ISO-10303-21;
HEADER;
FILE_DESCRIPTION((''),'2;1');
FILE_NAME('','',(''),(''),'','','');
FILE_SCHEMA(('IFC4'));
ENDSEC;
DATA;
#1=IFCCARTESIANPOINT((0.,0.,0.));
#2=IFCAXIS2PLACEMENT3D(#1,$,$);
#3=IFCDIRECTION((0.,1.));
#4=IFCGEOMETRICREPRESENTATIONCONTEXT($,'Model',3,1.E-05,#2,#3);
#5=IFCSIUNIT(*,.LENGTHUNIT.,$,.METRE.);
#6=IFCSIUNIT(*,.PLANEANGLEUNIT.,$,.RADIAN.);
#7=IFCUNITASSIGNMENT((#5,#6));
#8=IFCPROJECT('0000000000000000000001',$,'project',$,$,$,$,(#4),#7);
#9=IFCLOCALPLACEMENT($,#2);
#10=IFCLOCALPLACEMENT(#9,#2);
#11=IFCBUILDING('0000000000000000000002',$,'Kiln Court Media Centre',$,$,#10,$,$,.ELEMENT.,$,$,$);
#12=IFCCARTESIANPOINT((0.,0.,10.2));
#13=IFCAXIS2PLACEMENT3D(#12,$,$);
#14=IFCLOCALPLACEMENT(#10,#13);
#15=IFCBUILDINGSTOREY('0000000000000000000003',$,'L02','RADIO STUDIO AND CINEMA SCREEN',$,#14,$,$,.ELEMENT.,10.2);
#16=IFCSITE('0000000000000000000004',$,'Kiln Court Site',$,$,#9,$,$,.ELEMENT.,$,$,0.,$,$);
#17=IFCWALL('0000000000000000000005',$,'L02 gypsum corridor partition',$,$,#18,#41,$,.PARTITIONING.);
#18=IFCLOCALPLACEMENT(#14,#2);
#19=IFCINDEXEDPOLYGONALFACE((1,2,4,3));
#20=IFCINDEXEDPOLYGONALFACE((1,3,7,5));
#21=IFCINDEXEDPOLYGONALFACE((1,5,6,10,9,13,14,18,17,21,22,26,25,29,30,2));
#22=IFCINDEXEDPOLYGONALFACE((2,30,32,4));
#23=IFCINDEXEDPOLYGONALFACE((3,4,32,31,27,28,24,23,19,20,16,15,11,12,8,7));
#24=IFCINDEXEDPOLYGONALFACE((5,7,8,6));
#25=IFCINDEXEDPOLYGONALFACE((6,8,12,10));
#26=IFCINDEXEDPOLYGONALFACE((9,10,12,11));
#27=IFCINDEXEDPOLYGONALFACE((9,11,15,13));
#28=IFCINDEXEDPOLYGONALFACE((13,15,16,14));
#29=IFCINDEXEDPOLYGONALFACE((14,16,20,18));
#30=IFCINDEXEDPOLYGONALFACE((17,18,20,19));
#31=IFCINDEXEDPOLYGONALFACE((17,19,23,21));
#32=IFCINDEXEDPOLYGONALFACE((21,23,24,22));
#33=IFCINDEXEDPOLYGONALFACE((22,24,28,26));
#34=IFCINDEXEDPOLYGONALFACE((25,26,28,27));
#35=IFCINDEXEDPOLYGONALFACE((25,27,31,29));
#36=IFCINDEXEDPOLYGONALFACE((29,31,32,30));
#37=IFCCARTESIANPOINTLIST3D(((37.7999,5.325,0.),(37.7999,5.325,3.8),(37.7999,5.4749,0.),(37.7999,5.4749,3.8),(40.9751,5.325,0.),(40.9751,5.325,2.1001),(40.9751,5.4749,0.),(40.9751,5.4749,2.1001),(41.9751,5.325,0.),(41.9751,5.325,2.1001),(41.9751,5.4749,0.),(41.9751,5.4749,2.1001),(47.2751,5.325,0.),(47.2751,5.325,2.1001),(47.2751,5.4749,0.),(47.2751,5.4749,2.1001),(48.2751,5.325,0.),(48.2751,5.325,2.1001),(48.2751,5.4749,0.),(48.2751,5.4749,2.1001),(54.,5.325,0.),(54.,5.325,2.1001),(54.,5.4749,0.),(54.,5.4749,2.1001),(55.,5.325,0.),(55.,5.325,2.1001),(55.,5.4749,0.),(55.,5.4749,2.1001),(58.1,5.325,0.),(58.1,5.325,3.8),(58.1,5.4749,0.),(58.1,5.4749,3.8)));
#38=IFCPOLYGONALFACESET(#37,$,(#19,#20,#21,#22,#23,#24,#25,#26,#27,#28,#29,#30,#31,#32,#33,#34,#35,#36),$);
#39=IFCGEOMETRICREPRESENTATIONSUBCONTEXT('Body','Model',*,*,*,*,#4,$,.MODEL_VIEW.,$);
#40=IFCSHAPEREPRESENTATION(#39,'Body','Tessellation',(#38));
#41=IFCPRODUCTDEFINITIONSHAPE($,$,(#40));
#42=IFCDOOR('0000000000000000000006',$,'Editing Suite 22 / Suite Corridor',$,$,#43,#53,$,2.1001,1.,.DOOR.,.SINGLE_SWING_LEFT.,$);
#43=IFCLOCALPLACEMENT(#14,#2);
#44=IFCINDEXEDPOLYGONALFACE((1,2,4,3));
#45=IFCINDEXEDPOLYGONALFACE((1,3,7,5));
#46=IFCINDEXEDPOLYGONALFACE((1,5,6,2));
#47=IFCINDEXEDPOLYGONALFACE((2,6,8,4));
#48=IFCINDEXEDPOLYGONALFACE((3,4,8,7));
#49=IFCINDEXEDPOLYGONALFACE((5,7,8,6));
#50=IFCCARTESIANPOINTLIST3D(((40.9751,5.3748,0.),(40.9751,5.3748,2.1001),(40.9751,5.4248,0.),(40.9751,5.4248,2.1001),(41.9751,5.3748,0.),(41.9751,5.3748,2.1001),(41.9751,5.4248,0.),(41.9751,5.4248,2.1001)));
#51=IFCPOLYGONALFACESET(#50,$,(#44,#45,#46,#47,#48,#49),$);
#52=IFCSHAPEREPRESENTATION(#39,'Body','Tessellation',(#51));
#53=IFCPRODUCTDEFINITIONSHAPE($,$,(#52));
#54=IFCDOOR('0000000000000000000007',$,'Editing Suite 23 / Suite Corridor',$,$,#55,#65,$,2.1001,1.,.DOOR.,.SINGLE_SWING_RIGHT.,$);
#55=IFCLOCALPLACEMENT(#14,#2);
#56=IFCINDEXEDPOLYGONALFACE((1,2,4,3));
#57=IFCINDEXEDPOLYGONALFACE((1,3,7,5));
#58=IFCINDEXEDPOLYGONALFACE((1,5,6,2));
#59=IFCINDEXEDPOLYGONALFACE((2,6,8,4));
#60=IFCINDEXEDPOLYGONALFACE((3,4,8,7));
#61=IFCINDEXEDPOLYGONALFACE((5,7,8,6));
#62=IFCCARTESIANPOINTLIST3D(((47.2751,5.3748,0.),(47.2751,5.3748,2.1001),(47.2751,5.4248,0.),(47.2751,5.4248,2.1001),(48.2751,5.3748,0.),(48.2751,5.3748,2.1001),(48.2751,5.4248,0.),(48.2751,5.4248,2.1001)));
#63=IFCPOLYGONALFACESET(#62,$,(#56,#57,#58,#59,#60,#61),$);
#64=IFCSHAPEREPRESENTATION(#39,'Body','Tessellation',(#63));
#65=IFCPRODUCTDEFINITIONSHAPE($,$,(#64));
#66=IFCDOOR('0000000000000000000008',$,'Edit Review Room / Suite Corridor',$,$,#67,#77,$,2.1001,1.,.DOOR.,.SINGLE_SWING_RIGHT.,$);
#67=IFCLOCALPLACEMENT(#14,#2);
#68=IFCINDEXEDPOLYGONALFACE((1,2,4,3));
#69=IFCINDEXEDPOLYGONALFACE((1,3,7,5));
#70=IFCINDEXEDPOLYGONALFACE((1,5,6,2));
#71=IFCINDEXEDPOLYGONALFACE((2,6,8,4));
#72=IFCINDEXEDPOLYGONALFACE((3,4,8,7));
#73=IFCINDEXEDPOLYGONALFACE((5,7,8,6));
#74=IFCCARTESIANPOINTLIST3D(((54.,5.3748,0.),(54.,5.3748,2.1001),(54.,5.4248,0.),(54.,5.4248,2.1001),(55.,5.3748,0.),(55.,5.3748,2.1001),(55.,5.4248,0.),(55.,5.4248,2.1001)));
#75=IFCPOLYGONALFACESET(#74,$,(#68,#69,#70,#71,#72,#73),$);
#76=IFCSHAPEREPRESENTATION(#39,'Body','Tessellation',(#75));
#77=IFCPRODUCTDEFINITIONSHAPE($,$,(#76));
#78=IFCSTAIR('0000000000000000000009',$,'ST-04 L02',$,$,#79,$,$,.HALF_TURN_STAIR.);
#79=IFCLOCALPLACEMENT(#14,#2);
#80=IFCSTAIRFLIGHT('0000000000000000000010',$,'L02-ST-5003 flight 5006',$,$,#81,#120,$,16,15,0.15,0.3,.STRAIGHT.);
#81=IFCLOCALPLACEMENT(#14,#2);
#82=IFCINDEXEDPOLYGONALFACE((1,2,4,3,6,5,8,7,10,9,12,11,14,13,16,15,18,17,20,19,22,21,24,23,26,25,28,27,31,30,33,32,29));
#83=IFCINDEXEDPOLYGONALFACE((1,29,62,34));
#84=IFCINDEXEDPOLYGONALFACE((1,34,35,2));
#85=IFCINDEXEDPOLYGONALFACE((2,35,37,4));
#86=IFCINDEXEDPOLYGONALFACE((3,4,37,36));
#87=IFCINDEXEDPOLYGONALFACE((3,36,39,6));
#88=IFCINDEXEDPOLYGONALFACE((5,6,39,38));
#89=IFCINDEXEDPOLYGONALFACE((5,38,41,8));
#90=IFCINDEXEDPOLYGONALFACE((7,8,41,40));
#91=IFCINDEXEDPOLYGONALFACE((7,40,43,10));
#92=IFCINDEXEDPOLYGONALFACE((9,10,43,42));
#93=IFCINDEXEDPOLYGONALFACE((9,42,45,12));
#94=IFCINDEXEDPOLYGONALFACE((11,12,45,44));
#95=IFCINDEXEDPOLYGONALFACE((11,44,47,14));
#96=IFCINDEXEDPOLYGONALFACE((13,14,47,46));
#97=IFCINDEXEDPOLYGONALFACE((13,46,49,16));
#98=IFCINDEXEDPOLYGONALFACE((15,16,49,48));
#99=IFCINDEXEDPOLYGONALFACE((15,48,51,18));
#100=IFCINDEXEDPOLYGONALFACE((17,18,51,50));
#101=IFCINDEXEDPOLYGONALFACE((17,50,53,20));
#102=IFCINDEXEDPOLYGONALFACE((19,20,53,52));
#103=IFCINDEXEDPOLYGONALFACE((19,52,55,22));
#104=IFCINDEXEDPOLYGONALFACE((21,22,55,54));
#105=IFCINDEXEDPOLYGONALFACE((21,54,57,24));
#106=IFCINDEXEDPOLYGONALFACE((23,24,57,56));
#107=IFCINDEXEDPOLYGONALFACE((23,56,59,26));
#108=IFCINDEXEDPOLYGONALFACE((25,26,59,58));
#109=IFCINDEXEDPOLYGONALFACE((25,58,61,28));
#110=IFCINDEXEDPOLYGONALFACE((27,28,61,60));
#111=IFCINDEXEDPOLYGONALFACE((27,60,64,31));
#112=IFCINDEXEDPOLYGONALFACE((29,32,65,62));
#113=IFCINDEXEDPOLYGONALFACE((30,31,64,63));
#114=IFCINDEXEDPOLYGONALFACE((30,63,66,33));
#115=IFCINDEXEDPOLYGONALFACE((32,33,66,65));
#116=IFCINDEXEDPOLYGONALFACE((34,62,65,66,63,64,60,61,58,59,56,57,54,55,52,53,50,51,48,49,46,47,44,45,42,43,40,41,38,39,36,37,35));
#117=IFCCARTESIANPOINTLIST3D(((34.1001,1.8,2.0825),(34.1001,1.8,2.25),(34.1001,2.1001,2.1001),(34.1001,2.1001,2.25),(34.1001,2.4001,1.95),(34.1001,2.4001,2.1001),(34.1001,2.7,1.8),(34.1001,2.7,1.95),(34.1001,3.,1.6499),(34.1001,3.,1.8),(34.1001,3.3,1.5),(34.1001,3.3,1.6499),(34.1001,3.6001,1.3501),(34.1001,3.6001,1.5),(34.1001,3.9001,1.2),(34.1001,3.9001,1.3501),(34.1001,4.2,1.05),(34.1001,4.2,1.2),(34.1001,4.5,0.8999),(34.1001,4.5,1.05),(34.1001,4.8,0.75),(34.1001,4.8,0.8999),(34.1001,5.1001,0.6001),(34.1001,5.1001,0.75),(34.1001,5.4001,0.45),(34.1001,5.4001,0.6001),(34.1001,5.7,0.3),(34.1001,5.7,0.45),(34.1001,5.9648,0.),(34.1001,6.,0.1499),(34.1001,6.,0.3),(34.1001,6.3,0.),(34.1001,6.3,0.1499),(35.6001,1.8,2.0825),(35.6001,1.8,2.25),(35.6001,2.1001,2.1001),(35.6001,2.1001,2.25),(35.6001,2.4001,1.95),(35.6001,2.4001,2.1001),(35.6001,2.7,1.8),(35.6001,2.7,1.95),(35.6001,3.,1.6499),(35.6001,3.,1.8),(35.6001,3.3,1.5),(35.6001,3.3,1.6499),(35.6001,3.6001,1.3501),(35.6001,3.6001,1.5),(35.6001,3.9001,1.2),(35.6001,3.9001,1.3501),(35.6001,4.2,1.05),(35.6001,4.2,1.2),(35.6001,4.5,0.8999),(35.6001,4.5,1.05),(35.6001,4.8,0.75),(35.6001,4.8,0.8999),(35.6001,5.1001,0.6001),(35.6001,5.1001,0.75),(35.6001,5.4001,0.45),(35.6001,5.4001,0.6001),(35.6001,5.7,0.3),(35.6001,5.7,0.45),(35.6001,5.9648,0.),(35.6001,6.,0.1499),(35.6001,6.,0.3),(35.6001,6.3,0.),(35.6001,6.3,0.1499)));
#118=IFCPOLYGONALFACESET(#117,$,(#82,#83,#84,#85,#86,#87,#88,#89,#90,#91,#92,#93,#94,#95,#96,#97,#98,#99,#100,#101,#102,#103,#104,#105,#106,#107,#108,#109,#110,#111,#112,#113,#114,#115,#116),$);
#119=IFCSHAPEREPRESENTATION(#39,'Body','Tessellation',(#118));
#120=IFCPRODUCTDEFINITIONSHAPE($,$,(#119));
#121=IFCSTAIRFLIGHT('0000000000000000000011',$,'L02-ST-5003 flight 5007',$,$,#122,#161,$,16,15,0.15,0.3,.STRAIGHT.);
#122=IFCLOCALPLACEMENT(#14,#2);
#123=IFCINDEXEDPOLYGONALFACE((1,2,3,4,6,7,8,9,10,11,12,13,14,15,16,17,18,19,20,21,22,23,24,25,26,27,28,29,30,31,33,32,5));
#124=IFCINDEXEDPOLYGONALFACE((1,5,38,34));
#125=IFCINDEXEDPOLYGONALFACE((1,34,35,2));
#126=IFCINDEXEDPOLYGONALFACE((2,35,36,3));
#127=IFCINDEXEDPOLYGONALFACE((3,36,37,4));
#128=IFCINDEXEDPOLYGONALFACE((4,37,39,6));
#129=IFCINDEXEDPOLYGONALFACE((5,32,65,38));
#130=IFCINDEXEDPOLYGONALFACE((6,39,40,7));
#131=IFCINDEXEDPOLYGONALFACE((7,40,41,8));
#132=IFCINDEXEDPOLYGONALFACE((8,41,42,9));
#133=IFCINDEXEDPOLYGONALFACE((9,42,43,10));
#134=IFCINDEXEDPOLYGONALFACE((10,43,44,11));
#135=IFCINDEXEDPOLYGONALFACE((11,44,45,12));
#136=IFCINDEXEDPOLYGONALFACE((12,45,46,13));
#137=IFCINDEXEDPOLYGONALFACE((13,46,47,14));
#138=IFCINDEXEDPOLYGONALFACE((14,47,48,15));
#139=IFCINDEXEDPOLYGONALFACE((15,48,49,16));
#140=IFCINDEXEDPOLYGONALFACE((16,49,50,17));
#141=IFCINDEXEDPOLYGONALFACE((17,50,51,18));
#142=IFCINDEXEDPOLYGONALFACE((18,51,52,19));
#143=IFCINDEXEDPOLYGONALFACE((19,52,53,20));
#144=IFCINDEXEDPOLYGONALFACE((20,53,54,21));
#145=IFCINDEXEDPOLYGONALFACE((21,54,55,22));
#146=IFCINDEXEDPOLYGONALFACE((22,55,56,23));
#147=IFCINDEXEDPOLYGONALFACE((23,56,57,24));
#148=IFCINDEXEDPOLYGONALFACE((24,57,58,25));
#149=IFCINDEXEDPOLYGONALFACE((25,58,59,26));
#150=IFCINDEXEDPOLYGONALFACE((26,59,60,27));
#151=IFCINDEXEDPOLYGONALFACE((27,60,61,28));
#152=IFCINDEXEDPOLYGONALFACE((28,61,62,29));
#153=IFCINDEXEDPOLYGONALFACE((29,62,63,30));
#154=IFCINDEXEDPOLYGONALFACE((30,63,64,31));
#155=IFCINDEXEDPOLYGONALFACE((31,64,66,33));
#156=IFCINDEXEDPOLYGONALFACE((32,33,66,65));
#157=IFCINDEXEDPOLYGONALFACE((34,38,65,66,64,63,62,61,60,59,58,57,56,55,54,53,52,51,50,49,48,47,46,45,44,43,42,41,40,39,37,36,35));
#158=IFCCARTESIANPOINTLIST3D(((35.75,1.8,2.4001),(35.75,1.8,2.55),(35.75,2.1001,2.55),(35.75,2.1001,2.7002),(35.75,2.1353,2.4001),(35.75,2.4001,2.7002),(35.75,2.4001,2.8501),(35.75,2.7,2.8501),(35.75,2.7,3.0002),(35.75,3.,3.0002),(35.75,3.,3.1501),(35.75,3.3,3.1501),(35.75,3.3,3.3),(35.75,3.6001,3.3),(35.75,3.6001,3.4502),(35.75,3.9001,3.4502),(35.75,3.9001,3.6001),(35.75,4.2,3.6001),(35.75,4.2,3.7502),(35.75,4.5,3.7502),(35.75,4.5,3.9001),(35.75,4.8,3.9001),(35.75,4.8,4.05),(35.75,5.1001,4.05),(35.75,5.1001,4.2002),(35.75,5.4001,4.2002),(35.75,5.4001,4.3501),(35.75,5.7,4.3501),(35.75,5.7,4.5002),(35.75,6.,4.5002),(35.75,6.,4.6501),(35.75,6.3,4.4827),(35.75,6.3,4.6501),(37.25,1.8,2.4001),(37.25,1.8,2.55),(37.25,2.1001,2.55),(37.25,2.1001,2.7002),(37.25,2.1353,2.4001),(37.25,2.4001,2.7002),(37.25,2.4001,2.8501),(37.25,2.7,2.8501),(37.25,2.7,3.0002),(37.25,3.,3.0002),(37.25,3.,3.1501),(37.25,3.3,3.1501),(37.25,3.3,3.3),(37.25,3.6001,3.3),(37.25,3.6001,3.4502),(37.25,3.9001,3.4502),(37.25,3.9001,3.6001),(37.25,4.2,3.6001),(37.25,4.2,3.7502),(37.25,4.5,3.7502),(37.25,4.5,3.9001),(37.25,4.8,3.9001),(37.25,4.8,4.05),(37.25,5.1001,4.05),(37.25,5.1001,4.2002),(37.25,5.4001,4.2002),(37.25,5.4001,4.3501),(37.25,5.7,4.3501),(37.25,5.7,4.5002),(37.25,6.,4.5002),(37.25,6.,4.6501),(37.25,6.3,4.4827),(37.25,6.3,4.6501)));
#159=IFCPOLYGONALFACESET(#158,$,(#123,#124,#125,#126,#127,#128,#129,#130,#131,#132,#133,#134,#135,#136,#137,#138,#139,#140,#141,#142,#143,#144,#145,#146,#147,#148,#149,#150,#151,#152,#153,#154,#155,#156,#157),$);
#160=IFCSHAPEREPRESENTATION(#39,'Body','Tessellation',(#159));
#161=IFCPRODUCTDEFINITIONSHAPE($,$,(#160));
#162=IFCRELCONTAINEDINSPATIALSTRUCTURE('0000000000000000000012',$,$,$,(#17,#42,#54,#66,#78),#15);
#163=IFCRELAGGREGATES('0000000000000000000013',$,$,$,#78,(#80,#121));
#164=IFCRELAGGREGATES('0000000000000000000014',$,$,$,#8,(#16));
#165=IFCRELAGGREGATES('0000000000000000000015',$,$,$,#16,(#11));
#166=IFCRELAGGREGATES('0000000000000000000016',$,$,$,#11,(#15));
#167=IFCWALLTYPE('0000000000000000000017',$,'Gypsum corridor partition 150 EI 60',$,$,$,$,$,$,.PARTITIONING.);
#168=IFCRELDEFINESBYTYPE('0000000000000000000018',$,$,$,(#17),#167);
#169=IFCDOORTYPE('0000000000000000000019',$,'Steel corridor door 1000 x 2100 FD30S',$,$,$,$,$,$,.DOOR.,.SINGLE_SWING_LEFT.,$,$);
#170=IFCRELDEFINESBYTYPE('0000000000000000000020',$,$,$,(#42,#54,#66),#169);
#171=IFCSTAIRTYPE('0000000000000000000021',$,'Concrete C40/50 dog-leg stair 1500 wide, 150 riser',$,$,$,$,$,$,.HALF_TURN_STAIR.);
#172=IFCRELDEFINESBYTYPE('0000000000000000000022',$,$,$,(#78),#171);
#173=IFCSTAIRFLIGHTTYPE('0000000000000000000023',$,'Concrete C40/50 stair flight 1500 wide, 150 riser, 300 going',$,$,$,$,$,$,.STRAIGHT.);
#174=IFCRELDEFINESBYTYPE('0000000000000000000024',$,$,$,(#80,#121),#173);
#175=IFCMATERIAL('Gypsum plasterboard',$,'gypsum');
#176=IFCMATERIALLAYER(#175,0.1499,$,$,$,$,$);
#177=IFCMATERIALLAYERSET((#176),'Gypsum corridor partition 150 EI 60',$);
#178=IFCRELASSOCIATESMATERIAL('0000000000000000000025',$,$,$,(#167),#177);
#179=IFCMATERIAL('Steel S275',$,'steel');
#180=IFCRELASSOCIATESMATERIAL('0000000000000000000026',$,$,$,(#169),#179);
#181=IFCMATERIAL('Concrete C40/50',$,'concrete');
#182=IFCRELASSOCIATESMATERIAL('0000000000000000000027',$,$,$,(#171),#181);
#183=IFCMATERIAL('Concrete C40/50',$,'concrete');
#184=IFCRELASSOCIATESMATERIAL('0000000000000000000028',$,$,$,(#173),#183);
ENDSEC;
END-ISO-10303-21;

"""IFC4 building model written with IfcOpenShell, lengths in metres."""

from ifc_helpers import new_model, si_unit, direction, frame, frame_2d, origin, place, context, subcontext, project, spatial, polyline, rectangle, outline, extrude, material, layer, layer_set, type_object, element, fill, aggregate, save


model = new_model("IFC4")

# Units and contexts
model_context = context("Model", 3, precision=1e-05, world=origin(), true_north=direction((0.0, 1.0)))
body_context = subcontext(model_context, "Body", "Model", "MODEL_VIEW")
ifc_project = project(units=[si_unit("LENGTHUNIT", "METRE"), si_unit("PLANEANGLEUNIT", "RADIAN")], contexts=[model_context])

# Site, building, storey
site_placement = place(None, origin())
site = spatial("IfcSite", under=ifc_project, at=site_placement, Name="Kiln Court Site", CompositionType="ELEMENT", RefElevation=0.0)
building_placement = place(site_placement, origin())
building = spatial("IfcBuilding", under=site, at=building_placement, Name="Kiln Court Media Centre", CompositionType="ELEMENT")
storey_placement = place(building_placement, frame((0.0, 0.0, 10.2)))
storey = spatial("IfcBuildingStorey", under=building, at=storey_placement, Name="L02", Description="RADIO STUDIO AND CINEMA SCREEN", CompositionType="ELEMENT", Elevation=10.2)

# Wall, openings, doors
ifc_material_1 = material(Name="Gypsum plasterboard", Category="gypsum")
ifc_layer_1 = layer(ifc_material_1, 0.1499)
ifc_layer_set_1 = layer_set([ifc_layer_1], Name="Gypsum corridor partition 150 EI 60")
wall_type_1 = type_object("IfcWallType", Name="Gypsum corridor partition 150 EI 60", PredefinedType="PARTITIONING", material=ifc_layer_set_1)
wall_1_placement = place(storey_placement, frame((37.8, 5.3999, 0.0), z_axis=(0.0, 0.0, 1.0), x_axis=(1.0, 0.0, 0.0)))
wall_1 = element("IfcWall", 1, at=wall_1_placement, inside=storey, type_object=wall_type_1, Name="L02 gypsum corridor partition", PredefinedType="PARTITIONING", context=body_context, shape_type="SweptSolid", body=[
    extrude(rectangle(XDim=20.3, YDim=0.1499, at=frame_2d((10.1499, 0.0))), origin(), (0.0, 0.0, 1.0), 3.8),
])
opening_1_placement = place(wall_1_placement, frame((3.175, 0.0, 0.0)))
opening_1 = element("IfcOpeningElement", 2, at=opening_1_placement, cuts=wall_1, PredefinedType="OPENING", context=body_context, shape_type="SweptSolid", body=[
    extrude(rectangle(XDim=1.0, YDim=2.1001, at=frame_2d((0.5, 1.05))), frame((0.0, 0.085, 0.0), z_axis=(0.0, -1.0, 0.0), x_axis=(1.0, 0.0, 0.0)), (0.0, 0.0, 1.0), 0.1699),
])
opening_2_placement = place(wall_1_placement, frame((9.4751, 0.0, 0.0)))
opening_2 = element("IfcOpeningElement", 3, at=opening_2_placement, cuts=wall_1, PredefinedType="OPENING", context=body_context, shape_type="SweptSolid", body=[
    extrude(rectangle(XDim=1.0, YDim=2.1001, at=frame_2d((0.5, 1.05))), frame((0.0, 0.085, 0.0), z_axis=(0.0, -1.0, 0.0), x_axis=(1.0, 0.0, 0.0)), (0.0, 0.0, 1.0), 0.1699),
])
opening_3_placement = place(wall_1_placement, frame((16.2, 0.0, 0.0)))
opening_3 = element("IfcOpeningElement", 4, at=opening_3_placement, cuts=wall_1, PredefinedType="OPENING", context=body_context, shape_type="SweptSolid", body=[
    extrude(rectangle(XDim=1.0, YDim=2.1001, at=frame_2d((0.5, 1.05))), frame((0.0, 0.085, 0.0), z_axis=(0.0, -1.0, 0.0), x_axis=(1.0, 0.0, 0.0)), (0.0, 0.0, 1.0), 0.1699),
])
ifc_material_2 = material(Name="Steel S275", Category="steel")
door_type_1 = type_object("IfcDoorType", Name="Steel corridor door 1000 x 2100 FD30S", OperationType="SINGLE_SWING_LEFT", PredefinedType="DOOR", material=ifc_material_2)
door_1_placement = place(opening_1_placement, origin())
door_1 = element("IfcDoor", 5, at=door_1_placement, inside=storey, type_object=door_type_1, Name="Editing Suite 22 / Suite Corridor", OperationType="SINGLE_SWING_LEFT", OverallHeight=2.1001, OverallWidth=1.0, PredefinedType="DOOR", context=body_context, shape_type="SweptSolid", body=[
    extrude(rectangle(XDim=1.0, YDim=2.1001, at=frame_2d((0.5, 1.05))), frame((0.0, 0.0249, 0.0), z_axis=(0.0, -1.0, 0.0), x_axis=(1.0, 0.0, 0.0)), (0.0, 0.0, 1.0), 0.05),
])
fill(opening_1, door_1)
door_2_placement = place(opening_2_placement, origin())
door_2 = element("IfcDoor", 6, at=door_2_placement, inside=storey, type_object=door_type_1, Name="Editing Suite 23 / Suite Corridor", OperationType="SINGLE_SWING_RIGHT", OverallHeight=2.1001, OverallWidth=1.0, PredefinedType="DOOR", context=body_context, shape_type="SweptSolid", body=[
    extrude(rectangle(XDim=1.0, YDim=2.1001, at=frame_2d((0.5, 1.05))), frame((0.0, 0.0249, 0.0), z_axis=(0.0, -1.0, 0.0), x_axis=(1.0, 0.0, 0.0)), (0.0, 0.0, 1.0), 0.05),
])
fill(opening_2, door_2)
door_3_placement = place(opening_3_placement, origin())
door_3 = element("IfcDoor", 7, at=door_3_placement, inside=storey, type_object=door_type_1, Name="Edit Review Room / Suite Corridor", OperationType="SINGLE_SWING_RIGHT", OverallHeight=2.1001, OverallWidth=1.0, PredefinedType="DOOR", context=body_context, shape_type="SweptSolid", body=[
    extrude(rectangle(XDim=1.0, YDim=2.1001, at=frame_2d((0.5, 1.05))), frame((0.0, 0.0249, 0.0), z_axis=(0.0, -1.0, 0.0), x_axis=(1.0, 0.0, 0.0)), (0.0, 0.0, 1.0), 0.05),
])
fill(opening_3, door_3)

# Stair, stair flights
ifc_material_3 = material(Name="Concrete C40/50", Category="concrete")
stair_type = type_object("IfcStairType", Name="Concrete C40/50 dog-leg stair 1500 wide, 150 riser", PredefinedType="HALF_TURN_STAIR", material=ifc_material_3)
stair_placement = place(storey_placement, origin())
stair = element("IfcStair", 8, at=stair_placement, inside=storey, type_object=stair_type, Name="ST-04 L02", PredefinedType="HALF_TURN_STAIR")
ifc_material_4 = material(Name="Concrete C40/50", Category="concrete")
stair_flight_type = type_object("IfcStairFlightType", Name="Concrete C40/50 stair flight 1500 wide, 150 riser, 300 going", PredefinedType="STRAIGHT", material=ifc_material_4)
stair_flight_1_placement = place(storey_placement, frame((34.8501, 6.3, 0.0), z_axis=(0.0, 0.0, 1.0), x_axis=(0.0, -1.0, 0.0)))
stair_flight_1 = element("IfcStairFlight", 9, at=stair_flight_1_placement, type_object=stair_flight_type, Name="L02-ST-5003 flight 5006", NumberOfRisers=16, NumberOfTreads=15, PredefinedType="STRAIGHT", RiserHeight=0.15, TreadLength=0.3, context=body_context, shape_type="SweptSolid", body=[
    extrude(outline(polyline([(0.0, 0.0), (0.0, 0.1499), (0.3, 0.1499), (0.3, 0.3), (0.6001, 0.3), (0.6001, 0.45), (0.8999, 0.45), (0.8999, 0.6001), (1.2, 0.6001), (1.2, 0.75), (1.5, 0.75), (1.5, 0.8999), (1.8, 0.8999), (1.8, 1.05), (2.1001, 1.05), (2.1001, 1.2), (2.3999, 1.2), (2.3999, 1.3501), (2.7, 1.3501), (2.7, 1.5), (3.0, 1.5), (3.0, 1.6499), (3.3, 1.6499), (3.3, 1.8), (3.6001, 1.8), (3.6001, 1.95), (3.8999, 1.95), (3.8999, 2.1001), (4.2, 2.1001), (4.2, 2.25), (4.5, 2.25), (4.5, 2.3999), (4.5, 2.0825), (0.3352, 0.0), (0.0, 0.0)])), frame((0.0, 0.75, 0.0), z_axis=(0.0, -1.0, 0.0), x_axis=(1.0, 0.0, 0.0)), (0.0, 0.0, 1.0), 1.5),
])
stair_flight_2_placement = place(storey_placement, frame((36.5, 1.8, 2.4001), z_axis=(0.0, 0.0, 1.0), x_axis=(0.0, 1.0, 0.0)))
stair_flight_2 = element("IfcStairFlight", 10, at=stair_flight_2_placement, type_object=stair_flight_type, Name="L02-ST-5003 flight 5007", NumberOfRisers=16, NumberOfTreads=15, PredefinedType="STRAIGHT", RiserHeight=0.15, TreadLength=0.3, context=body_context, shape_type="SweptSolid", body=[
    extrude(outline(polyline([(0.0, 0.0), (0.0, 0.1499), (0.3, 0.1499), (0.3, 0.3), (0.6001, 0.3), (0.6001, 0.45), (0.8999, 0.45), (0.8999, 0.6001), (1.2, 0.6001), (1.2, 0.75), (1.5, 0.75), (1.5, 0.8999), (1.8, 0.8999), (1.8, 1.05), (2.1001, 1.05), (2.1001, 1.2), (2.3999, 1.2), (2.3999, 1.3501), (2.7, 1.3501), (2.7, 1.5), (3.0, 1.5), (3.0, 1.6499), (3.3, 1.6499), (3.3, 1.8), (3.6001, 1.8), (3.6001, 1.95), (3.8999, 1.95), (3.8999, 2.1001), (4.2, 2.1001), (4.2, 2.25), (4.5, 2.25), (4.5, 2.3999), (4.5, 2.0825), (0.3352, 0.0), (0.0, 0.0)])), frame((0.0, 0.75, 0.0), z_axis=(0.0, -1.0, 0.0), x_axis=(1.0, 0.0, 0.0)), (0.0, 0.0, 1.0), 1.5),
])
aggregate(stair, [stair_flight_1, stair_flight_2])

save(model, "model.ifc")
